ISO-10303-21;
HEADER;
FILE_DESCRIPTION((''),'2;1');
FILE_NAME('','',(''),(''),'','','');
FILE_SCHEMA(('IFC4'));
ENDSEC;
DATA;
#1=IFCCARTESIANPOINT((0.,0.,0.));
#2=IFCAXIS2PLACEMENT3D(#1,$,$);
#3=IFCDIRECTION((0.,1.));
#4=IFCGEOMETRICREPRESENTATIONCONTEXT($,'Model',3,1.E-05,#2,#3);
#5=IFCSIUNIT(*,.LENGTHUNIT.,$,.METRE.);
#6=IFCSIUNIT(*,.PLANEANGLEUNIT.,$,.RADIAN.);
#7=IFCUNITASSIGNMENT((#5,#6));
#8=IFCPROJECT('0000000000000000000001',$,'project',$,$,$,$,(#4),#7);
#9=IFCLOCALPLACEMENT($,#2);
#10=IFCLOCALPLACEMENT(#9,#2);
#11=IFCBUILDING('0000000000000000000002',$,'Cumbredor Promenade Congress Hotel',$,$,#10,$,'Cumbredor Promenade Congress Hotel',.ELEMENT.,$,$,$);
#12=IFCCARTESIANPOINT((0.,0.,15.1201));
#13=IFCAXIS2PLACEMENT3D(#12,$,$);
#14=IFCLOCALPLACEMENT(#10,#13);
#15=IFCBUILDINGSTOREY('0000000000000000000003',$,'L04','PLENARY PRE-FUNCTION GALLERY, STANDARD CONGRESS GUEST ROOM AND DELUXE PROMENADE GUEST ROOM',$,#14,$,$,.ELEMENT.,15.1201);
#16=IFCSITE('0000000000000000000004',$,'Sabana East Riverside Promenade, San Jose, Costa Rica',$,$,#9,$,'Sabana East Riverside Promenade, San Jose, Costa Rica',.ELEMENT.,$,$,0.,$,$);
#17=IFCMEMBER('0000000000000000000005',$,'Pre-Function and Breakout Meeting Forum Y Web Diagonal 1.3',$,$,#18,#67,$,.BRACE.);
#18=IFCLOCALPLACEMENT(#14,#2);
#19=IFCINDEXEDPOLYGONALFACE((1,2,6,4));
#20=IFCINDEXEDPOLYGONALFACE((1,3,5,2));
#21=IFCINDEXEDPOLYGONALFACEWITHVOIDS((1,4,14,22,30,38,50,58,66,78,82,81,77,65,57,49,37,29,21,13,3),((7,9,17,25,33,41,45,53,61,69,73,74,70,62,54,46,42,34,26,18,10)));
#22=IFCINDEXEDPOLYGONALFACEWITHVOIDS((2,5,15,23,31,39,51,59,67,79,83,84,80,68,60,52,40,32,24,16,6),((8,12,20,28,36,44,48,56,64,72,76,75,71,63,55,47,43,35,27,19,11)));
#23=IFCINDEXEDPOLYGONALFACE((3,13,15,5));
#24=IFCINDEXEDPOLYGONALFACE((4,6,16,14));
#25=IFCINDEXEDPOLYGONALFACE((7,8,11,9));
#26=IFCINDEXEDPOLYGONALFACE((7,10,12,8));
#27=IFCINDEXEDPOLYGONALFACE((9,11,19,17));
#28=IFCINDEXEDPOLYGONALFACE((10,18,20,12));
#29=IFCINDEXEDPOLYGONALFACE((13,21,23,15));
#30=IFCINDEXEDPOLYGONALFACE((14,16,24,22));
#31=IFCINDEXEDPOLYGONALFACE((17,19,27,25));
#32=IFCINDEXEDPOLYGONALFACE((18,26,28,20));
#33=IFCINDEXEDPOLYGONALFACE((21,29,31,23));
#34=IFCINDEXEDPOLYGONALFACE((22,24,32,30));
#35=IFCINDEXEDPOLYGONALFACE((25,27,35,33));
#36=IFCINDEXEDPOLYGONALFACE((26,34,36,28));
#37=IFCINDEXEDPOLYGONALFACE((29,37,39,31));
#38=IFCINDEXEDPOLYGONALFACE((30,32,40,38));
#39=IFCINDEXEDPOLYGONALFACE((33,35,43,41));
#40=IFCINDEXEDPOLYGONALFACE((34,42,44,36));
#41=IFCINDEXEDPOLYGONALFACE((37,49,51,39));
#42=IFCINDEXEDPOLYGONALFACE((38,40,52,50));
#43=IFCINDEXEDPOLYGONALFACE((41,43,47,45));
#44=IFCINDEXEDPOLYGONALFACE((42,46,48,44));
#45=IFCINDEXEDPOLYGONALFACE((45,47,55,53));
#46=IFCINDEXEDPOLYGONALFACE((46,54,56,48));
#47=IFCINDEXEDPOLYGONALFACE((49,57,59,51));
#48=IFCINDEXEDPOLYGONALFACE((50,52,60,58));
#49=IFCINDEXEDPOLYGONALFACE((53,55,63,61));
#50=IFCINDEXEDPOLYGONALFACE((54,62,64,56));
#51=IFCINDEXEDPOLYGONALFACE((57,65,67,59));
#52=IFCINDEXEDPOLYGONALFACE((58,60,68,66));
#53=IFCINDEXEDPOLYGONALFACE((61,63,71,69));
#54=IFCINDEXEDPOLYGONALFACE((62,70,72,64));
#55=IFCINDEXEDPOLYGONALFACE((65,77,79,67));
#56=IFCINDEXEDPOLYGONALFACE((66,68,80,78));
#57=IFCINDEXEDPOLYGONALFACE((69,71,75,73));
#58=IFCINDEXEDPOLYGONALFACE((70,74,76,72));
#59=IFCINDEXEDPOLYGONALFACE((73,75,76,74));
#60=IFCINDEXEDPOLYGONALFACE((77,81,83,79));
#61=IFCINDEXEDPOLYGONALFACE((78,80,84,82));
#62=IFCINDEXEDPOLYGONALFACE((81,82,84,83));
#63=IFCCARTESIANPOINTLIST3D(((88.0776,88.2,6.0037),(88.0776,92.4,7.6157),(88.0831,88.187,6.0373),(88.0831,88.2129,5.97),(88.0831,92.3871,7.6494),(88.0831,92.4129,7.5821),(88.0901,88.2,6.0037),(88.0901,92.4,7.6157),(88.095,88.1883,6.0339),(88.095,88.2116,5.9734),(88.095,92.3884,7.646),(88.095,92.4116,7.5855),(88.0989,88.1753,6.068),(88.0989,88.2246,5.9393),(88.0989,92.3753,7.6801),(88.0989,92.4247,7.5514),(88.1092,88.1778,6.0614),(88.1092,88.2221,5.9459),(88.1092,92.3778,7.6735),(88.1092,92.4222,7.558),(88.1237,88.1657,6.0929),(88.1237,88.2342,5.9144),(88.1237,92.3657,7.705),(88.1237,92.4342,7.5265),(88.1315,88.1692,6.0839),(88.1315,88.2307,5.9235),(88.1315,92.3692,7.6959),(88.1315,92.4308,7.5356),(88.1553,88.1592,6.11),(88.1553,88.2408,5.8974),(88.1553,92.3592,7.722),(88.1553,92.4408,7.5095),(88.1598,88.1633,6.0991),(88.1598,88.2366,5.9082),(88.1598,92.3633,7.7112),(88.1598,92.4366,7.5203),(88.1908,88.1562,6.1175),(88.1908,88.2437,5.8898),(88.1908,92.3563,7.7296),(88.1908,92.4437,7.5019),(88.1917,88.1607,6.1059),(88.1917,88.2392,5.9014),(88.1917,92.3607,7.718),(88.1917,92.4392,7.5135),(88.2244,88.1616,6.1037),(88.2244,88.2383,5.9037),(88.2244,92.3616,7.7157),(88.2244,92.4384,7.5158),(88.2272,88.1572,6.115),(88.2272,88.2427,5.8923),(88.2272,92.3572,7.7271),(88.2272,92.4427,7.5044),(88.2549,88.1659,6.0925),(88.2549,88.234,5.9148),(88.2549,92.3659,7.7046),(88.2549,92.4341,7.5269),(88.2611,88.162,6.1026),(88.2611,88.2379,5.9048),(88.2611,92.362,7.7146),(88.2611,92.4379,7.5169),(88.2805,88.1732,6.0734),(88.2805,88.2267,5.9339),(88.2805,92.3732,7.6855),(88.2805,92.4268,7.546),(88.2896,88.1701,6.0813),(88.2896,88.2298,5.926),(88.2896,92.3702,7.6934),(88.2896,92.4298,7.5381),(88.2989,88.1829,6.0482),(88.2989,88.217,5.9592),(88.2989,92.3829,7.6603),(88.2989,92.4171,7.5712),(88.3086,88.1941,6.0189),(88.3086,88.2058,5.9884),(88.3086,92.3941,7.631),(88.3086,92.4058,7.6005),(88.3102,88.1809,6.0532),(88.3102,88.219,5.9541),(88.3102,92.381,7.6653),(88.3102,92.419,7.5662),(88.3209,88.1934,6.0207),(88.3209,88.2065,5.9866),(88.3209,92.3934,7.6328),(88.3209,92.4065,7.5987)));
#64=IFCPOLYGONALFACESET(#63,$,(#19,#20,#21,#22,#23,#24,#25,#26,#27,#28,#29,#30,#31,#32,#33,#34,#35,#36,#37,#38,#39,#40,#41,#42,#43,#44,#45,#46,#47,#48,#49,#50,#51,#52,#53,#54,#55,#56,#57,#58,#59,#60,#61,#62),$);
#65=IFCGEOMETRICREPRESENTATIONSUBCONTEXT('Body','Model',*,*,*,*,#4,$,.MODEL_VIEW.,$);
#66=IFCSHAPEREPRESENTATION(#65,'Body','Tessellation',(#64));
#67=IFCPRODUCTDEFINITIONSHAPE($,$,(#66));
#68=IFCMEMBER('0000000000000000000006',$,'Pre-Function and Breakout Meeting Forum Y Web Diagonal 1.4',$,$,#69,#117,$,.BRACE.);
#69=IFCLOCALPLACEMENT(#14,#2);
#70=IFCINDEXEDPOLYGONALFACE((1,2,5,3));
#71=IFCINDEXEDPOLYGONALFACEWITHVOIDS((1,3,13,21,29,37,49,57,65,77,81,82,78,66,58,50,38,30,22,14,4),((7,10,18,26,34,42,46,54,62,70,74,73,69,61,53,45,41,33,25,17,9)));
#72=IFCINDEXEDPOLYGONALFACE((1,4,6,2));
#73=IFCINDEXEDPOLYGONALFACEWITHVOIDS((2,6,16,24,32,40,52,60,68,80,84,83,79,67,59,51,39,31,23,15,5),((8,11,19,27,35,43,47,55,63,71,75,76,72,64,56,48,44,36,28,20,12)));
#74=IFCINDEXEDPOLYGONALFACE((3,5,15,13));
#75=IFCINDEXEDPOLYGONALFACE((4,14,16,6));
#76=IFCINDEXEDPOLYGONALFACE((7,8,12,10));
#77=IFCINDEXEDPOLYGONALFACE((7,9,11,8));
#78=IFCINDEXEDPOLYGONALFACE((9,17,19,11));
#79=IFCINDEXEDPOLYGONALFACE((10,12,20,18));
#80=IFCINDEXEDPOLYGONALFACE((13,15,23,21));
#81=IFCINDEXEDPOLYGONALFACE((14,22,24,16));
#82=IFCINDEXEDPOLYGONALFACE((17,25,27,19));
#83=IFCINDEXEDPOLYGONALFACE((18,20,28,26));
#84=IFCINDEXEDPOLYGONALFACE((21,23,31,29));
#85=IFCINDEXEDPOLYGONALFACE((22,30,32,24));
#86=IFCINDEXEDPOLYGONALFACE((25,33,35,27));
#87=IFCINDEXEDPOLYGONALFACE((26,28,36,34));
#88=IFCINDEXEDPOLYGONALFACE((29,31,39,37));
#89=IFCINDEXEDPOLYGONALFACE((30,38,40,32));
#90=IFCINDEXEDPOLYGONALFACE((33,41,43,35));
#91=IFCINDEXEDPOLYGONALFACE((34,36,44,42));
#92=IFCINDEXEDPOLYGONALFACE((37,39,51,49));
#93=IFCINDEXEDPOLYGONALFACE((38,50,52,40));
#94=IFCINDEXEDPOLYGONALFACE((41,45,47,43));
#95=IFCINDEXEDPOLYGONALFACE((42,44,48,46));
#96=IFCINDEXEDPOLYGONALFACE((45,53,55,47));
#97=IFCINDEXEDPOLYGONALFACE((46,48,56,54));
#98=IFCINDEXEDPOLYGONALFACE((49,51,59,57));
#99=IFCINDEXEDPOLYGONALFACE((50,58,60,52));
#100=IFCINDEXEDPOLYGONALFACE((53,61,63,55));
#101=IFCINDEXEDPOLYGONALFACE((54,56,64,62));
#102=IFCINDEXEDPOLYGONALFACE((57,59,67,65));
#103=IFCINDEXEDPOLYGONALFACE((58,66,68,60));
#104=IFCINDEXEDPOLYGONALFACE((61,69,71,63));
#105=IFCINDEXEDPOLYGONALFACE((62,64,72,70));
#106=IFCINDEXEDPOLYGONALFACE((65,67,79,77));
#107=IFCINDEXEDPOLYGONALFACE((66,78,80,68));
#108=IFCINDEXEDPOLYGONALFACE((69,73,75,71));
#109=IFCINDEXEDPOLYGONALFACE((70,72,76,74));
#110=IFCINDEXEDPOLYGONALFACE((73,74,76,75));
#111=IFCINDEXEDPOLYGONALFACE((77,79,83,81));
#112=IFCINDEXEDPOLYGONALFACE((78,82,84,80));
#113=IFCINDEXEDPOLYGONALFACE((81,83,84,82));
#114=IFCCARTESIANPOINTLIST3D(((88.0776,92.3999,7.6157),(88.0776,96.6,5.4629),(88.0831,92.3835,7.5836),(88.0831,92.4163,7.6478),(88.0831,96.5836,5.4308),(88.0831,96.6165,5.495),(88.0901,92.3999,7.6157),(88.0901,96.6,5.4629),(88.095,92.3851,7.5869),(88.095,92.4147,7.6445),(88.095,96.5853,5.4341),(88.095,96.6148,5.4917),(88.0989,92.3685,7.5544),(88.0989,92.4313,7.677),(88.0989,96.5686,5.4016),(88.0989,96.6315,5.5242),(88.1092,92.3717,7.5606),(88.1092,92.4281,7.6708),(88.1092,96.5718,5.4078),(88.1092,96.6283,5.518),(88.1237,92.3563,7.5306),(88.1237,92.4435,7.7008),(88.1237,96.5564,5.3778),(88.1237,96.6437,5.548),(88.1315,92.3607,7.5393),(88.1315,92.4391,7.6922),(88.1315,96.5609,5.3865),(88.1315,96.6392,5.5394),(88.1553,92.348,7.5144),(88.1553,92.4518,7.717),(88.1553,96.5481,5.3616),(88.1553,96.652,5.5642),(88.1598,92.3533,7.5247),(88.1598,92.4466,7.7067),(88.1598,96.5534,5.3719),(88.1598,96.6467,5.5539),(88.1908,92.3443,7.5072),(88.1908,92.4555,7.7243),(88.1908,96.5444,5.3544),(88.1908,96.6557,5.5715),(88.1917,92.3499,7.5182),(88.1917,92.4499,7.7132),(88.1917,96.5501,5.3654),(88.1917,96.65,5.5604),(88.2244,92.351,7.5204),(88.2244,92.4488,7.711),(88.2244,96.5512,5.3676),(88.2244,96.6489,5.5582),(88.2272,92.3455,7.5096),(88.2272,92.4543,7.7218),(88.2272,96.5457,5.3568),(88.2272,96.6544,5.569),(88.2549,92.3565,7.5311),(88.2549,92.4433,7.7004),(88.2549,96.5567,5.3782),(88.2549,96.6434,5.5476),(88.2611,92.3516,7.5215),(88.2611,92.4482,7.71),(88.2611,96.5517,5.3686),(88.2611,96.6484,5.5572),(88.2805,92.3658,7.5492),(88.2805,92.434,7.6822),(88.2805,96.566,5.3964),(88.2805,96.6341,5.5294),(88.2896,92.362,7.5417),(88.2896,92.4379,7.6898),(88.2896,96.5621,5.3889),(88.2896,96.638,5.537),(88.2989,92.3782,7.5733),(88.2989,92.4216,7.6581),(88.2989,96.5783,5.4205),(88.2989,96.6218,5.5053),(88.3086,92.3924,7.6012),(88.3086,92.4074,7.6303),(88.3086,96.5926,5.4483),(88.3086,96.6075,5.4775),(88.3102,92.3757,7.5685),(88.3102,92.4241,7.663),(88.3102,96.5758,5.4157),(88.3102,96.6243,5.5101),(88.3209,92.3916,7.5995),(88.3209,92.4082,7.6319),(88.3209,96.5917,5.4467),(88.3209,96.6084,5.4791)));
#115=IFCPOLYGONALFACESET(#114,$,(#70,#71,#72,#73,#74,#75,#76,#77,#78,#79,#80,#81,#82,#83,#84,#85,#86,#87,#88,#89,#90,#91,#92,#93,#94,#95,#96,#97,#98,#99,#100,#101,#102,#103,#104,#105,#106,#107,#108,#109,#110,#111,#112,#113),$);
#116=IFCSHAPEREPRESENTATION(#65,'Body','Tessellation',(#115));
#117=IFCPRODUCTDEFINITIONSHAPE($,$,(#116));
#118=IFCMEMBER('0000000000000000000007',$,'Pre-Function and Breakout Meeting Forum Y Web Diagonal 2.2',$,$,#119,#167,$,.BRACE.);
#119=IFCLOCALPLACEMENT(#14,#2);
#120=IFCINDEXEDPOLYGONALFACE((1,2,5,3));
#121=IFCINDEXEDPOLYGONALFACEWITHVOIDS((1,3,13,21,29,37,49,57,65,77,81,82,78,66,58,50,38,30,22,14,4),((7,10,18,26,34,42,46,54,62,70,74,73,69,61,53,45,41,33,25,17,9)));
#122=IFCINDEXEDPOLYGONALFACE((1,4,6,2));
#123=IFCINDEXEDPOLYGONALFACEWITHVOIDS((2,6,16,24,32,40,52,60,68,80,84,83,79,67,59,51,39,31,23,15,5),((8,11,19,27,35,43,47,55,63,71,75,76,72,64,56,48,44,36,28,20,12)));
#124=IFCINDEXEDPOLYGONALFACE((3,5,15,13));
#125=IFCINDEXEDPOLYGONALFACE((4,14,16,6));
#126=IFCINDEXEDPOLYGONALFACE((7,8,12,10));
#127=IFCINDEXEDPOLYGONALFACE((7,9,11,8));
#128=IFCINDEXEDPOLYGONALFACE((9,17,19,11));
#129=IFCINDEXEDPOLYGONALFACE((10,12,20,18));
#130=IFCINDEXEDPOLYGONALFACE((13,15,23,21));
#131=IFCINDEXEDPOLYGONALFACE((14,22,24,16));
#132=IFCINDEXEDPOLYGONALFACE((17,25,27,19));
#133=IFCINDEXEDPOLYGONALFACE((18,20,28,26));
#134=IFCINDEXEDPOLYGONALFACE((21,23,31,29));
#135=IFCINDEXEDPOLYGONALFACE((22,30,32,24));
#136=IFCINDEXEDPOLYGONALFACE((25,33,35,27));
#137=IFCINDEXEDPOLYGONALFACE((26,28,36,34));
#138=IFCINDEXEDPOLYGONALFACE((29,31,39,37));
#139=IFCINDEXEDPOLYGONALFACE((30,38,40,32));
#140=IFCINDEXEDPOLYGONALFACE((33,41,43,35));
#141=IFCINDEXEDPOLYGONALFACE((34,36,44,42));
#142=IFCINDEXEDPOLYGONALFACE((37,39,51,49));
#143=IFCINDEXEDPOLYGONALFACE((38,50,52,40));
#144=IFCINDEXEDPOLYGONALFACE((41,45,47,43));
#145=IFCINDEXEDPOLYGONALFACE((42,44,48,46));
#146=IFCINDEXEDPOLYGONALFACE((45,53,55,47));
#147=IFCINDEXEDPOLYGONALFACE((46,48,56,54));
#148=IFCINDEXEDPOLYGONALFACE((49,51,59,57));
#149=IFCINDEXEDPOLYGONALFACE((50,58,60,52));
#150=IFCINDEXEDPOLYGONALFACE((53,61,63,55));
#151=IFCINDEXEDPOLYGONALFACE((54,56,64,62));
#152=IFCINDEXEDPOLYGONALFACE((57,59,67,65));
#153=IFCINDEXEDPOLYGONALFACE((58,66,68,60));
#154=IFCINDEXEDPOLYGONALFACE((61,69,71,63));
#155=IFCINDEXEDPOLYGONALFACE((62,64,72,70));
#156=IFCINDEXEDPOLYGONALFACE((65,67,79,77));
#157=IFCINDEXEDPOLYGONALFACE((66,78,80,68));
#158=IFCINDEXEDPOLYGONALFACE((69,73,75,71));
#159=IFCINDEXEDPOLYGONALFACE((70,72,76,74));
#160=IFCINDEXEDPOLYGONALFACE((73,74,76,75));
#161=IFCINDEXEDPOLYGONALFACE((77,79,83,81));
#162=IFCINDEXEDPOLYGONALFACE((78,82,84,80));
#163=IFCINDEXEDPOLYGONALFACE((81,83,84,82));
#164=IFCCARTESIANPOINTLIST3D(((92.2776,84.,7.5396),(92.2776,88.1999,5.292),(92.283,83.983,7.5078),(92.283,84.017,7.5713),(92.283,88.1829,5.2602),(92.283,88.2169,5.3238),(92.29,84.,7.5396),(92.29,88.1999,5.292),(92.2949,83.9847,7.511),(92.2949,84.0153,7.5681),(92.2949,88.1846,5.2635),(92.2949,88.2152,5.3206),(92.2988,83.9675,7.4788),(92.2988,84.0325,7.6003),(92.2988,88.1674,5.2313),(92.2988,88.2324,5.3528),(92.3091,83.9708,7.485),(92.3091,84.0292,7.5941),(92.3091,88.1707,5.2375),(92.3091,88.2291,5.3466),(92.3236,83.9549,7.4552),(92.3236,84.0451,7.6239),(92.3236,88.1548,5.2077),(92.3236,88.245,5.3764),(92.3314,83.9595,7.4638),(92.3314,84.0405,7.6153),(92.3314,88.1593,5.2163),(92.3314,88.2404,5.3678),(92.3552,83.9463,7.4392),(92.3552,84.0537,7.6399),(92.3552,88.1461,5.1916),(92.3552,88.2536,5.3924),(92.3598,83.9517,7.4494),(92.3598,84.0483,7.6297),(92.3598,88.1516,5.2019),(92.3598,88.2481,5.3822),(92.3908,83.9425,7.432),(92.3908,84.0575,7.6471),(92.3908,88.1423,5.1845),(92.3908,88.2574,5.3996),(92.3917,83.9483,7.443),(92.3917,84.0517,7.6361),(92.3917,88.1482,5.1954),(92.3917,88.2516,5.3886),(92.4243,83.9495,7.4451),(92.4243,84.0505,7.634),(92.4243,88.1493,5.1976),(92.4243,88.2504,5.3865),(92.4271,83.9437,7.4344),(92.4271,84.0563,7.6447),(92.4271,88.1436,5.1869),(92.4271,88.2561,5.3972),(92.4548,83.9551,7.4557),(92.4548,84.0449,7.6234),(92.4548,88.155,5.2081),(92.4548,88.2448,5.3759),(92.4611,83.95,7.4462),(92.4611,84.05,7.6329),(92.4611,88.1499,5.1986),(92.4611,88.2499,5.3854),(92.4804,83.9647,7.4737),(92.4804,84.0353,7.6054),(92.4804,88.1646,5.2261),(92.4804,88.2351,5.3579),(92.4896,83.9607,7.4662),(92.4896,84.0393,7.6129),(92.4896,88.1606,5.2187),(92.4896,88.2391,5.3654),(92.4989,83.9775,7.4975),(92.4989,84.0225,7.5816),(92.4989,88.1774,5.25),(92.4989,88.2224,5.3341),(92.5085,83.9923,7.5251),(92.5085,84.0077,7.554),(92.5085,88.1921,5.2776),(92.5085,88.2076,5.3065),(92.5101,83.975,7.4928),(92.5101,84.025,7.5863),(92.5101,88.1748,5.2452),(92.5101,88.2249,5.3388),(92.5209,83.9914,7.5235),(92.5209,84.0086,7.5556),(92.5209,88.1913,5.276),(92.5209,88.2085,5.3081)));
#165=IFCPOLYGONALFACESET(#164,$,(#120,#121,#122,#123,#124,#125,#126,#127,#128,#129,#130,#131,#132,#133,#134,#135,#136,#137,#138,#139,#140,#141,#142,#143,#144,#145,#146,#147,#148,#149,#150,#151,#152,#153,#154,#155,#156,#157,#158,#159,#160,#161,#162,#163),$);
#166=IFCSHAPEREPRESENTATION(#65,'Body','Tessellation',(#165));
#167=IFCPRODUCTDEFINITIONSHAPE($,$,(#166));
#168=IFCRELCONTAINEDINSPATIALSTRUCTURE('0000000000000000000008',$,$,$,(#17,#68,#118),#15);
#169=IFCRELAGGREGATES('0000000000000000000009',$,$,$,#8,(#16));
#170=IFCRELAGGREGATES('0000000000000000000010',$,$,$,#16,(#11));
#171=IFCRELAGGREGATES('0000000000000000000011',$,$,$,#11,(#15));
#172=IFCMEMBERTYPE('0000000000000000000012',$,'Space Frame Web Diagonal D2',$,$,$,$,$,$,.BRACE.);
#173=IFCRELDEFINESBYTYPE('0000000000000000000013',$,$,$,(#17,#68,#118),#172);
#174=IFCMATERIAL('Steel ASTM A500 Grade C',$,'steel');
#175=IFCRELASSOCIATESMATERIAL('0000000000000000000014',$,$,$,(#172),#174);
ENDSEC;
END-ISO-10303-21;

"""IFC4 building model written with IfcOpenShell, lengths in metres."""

from ifc_helpers import new_model, si_unit, direction, frame, origin, origin_2d, place, context, subcontext, project, spatial, hollow_circle, extrude, material, material_profile, profile_set, type_object, element, save


model = new_model("IFC4")

# Units and contexts
model_context = context("Model", 3, precision=1e-05, world=origin(), true_north=direction((0.0, 1.0)))
body_context = subcontext(model_context, "Body", "Model", "MODEL_VIEW")
ifc_project = project(units=[si_unit("LENGTHUNIT", "METRE"), si_unit("PLANEANGLEUNIT", "RADIAN")], contexts=[model_context])

# Site, building, storey
site_placement = place(None, origin())
site = spatial("IfcSite", under=ifc_project, at=site_placement, Name="Sabana East Riverside Promenade, San Jose, Costa Rica", LongName="Sabana East Riverside Promenade, San Jose, Costa Rica", CompositionType="ELEMENT", RefElevation=0.0)
building_placement = place(site_placement, origin())
building = spatial("IfcBuilding", under=site, at=building_placement, Name="Cumbredor Promenade Congress Hotel", LongName="Cumbredor Promenade Congress Hotel", CompositionType="ELEMENT")
storey_placement = place(building_placement, frame((0.0, 0.0, 15.1201)))
storey = spatial("IfcBuildingStorey", under=building, at=storey_placement, Name="L04", Description="PLENARY PRE-FUNCTION GALLERY, STANDARD CONGRESS GUEST ROOM AND DELUXE PROMENADE GUEST ROOM", CompositionType="ELEMENT", Elevation=15.1201)

# Members
ifc_material_1 = material(Name="Steel ASTM A500 Grade C", Category="steel")
ifc_material_profile_1 = material_profile(ifc_material_1, hollow_circle(Radius=0.1223, WallThickness=0.0125, at=origin_2d()), Name="CHS 244.5x12.5")
ifc_profile_set_1 = profile_set([ifc_material_profile_1], Name="Steel ASTM A500 Grade C")
member_type_1 = type_object("IfcMemberType", Name="Space Frame Web Diagonal D2", PredefinedType="BRACE", material=ifc_profile_set_1)
member_1_placement = place(storey_placement, frame((88.2, 88.2, 6.0037), z_axis=(0.0, 0.933592, 0.358339), x_axis=(-1.0, 0.0, 0.0)))
element("IfcMember", 1, at=member_1_placement, inside=storey, type_object=member_type_1, Name="Pre-Function and Breakout Meeting Forum Y Web Diagonal 1.3", PredefinedType="BRACE", context=body_context, shape_type="SweptSolid", body=[
    extrude(hollow_circle(Radius=0.1223, WallThickness=0.0125, at=origin_2d()), origin(), (0.0, 0.0, 1.0), 4.4988),
])
member_2_placement = place(storey_placement, frame((88.2, 92.3999, 7.6157), z_axis=(0.0, 0.889913, -0.45613), x_axis=(-1.0, 0.0, 0.0)))
element("IfcMember", 2, at=member_2_placement, inside=storey, type_object=member_type_1, Name="Pre-Function and Breakout Meeting Forum Y Web Diagonal 1.4", PredefinedType="BRACE", context=body_context, shape_type="SweptSolid", body=[
    extrude(hollow_circle(Radius=0.1223, WallThickness=0.0125, at=origin_2d()), origin(), (0.0, 0.0, 1.0), 4.7197),
])
member_3_placement = place(storey_placement, frame((92.3999, 84.0, 7.5396), z_axis=(0.0, 0.881691, -0.471827), x_axis=(-1.0, 0.0, 0.0)))
element("IfcMember", 3, at=member_3_placement, inside=storey, type_object=member_type_1, Name="Pre-Function and Breakout Meeting Forum Y Web Diagonal 2.2", PredefinedType="BRACE", context=body_context, shape_type="SweptSolid", body=[
    extrude(hollow_circle(Radius=0.1223, WallThickness=0.0125, at=origin_2d()), origin(), (0.0, 0.0, 1.0), 4.7634),
])

save(model, "model.ifc")
